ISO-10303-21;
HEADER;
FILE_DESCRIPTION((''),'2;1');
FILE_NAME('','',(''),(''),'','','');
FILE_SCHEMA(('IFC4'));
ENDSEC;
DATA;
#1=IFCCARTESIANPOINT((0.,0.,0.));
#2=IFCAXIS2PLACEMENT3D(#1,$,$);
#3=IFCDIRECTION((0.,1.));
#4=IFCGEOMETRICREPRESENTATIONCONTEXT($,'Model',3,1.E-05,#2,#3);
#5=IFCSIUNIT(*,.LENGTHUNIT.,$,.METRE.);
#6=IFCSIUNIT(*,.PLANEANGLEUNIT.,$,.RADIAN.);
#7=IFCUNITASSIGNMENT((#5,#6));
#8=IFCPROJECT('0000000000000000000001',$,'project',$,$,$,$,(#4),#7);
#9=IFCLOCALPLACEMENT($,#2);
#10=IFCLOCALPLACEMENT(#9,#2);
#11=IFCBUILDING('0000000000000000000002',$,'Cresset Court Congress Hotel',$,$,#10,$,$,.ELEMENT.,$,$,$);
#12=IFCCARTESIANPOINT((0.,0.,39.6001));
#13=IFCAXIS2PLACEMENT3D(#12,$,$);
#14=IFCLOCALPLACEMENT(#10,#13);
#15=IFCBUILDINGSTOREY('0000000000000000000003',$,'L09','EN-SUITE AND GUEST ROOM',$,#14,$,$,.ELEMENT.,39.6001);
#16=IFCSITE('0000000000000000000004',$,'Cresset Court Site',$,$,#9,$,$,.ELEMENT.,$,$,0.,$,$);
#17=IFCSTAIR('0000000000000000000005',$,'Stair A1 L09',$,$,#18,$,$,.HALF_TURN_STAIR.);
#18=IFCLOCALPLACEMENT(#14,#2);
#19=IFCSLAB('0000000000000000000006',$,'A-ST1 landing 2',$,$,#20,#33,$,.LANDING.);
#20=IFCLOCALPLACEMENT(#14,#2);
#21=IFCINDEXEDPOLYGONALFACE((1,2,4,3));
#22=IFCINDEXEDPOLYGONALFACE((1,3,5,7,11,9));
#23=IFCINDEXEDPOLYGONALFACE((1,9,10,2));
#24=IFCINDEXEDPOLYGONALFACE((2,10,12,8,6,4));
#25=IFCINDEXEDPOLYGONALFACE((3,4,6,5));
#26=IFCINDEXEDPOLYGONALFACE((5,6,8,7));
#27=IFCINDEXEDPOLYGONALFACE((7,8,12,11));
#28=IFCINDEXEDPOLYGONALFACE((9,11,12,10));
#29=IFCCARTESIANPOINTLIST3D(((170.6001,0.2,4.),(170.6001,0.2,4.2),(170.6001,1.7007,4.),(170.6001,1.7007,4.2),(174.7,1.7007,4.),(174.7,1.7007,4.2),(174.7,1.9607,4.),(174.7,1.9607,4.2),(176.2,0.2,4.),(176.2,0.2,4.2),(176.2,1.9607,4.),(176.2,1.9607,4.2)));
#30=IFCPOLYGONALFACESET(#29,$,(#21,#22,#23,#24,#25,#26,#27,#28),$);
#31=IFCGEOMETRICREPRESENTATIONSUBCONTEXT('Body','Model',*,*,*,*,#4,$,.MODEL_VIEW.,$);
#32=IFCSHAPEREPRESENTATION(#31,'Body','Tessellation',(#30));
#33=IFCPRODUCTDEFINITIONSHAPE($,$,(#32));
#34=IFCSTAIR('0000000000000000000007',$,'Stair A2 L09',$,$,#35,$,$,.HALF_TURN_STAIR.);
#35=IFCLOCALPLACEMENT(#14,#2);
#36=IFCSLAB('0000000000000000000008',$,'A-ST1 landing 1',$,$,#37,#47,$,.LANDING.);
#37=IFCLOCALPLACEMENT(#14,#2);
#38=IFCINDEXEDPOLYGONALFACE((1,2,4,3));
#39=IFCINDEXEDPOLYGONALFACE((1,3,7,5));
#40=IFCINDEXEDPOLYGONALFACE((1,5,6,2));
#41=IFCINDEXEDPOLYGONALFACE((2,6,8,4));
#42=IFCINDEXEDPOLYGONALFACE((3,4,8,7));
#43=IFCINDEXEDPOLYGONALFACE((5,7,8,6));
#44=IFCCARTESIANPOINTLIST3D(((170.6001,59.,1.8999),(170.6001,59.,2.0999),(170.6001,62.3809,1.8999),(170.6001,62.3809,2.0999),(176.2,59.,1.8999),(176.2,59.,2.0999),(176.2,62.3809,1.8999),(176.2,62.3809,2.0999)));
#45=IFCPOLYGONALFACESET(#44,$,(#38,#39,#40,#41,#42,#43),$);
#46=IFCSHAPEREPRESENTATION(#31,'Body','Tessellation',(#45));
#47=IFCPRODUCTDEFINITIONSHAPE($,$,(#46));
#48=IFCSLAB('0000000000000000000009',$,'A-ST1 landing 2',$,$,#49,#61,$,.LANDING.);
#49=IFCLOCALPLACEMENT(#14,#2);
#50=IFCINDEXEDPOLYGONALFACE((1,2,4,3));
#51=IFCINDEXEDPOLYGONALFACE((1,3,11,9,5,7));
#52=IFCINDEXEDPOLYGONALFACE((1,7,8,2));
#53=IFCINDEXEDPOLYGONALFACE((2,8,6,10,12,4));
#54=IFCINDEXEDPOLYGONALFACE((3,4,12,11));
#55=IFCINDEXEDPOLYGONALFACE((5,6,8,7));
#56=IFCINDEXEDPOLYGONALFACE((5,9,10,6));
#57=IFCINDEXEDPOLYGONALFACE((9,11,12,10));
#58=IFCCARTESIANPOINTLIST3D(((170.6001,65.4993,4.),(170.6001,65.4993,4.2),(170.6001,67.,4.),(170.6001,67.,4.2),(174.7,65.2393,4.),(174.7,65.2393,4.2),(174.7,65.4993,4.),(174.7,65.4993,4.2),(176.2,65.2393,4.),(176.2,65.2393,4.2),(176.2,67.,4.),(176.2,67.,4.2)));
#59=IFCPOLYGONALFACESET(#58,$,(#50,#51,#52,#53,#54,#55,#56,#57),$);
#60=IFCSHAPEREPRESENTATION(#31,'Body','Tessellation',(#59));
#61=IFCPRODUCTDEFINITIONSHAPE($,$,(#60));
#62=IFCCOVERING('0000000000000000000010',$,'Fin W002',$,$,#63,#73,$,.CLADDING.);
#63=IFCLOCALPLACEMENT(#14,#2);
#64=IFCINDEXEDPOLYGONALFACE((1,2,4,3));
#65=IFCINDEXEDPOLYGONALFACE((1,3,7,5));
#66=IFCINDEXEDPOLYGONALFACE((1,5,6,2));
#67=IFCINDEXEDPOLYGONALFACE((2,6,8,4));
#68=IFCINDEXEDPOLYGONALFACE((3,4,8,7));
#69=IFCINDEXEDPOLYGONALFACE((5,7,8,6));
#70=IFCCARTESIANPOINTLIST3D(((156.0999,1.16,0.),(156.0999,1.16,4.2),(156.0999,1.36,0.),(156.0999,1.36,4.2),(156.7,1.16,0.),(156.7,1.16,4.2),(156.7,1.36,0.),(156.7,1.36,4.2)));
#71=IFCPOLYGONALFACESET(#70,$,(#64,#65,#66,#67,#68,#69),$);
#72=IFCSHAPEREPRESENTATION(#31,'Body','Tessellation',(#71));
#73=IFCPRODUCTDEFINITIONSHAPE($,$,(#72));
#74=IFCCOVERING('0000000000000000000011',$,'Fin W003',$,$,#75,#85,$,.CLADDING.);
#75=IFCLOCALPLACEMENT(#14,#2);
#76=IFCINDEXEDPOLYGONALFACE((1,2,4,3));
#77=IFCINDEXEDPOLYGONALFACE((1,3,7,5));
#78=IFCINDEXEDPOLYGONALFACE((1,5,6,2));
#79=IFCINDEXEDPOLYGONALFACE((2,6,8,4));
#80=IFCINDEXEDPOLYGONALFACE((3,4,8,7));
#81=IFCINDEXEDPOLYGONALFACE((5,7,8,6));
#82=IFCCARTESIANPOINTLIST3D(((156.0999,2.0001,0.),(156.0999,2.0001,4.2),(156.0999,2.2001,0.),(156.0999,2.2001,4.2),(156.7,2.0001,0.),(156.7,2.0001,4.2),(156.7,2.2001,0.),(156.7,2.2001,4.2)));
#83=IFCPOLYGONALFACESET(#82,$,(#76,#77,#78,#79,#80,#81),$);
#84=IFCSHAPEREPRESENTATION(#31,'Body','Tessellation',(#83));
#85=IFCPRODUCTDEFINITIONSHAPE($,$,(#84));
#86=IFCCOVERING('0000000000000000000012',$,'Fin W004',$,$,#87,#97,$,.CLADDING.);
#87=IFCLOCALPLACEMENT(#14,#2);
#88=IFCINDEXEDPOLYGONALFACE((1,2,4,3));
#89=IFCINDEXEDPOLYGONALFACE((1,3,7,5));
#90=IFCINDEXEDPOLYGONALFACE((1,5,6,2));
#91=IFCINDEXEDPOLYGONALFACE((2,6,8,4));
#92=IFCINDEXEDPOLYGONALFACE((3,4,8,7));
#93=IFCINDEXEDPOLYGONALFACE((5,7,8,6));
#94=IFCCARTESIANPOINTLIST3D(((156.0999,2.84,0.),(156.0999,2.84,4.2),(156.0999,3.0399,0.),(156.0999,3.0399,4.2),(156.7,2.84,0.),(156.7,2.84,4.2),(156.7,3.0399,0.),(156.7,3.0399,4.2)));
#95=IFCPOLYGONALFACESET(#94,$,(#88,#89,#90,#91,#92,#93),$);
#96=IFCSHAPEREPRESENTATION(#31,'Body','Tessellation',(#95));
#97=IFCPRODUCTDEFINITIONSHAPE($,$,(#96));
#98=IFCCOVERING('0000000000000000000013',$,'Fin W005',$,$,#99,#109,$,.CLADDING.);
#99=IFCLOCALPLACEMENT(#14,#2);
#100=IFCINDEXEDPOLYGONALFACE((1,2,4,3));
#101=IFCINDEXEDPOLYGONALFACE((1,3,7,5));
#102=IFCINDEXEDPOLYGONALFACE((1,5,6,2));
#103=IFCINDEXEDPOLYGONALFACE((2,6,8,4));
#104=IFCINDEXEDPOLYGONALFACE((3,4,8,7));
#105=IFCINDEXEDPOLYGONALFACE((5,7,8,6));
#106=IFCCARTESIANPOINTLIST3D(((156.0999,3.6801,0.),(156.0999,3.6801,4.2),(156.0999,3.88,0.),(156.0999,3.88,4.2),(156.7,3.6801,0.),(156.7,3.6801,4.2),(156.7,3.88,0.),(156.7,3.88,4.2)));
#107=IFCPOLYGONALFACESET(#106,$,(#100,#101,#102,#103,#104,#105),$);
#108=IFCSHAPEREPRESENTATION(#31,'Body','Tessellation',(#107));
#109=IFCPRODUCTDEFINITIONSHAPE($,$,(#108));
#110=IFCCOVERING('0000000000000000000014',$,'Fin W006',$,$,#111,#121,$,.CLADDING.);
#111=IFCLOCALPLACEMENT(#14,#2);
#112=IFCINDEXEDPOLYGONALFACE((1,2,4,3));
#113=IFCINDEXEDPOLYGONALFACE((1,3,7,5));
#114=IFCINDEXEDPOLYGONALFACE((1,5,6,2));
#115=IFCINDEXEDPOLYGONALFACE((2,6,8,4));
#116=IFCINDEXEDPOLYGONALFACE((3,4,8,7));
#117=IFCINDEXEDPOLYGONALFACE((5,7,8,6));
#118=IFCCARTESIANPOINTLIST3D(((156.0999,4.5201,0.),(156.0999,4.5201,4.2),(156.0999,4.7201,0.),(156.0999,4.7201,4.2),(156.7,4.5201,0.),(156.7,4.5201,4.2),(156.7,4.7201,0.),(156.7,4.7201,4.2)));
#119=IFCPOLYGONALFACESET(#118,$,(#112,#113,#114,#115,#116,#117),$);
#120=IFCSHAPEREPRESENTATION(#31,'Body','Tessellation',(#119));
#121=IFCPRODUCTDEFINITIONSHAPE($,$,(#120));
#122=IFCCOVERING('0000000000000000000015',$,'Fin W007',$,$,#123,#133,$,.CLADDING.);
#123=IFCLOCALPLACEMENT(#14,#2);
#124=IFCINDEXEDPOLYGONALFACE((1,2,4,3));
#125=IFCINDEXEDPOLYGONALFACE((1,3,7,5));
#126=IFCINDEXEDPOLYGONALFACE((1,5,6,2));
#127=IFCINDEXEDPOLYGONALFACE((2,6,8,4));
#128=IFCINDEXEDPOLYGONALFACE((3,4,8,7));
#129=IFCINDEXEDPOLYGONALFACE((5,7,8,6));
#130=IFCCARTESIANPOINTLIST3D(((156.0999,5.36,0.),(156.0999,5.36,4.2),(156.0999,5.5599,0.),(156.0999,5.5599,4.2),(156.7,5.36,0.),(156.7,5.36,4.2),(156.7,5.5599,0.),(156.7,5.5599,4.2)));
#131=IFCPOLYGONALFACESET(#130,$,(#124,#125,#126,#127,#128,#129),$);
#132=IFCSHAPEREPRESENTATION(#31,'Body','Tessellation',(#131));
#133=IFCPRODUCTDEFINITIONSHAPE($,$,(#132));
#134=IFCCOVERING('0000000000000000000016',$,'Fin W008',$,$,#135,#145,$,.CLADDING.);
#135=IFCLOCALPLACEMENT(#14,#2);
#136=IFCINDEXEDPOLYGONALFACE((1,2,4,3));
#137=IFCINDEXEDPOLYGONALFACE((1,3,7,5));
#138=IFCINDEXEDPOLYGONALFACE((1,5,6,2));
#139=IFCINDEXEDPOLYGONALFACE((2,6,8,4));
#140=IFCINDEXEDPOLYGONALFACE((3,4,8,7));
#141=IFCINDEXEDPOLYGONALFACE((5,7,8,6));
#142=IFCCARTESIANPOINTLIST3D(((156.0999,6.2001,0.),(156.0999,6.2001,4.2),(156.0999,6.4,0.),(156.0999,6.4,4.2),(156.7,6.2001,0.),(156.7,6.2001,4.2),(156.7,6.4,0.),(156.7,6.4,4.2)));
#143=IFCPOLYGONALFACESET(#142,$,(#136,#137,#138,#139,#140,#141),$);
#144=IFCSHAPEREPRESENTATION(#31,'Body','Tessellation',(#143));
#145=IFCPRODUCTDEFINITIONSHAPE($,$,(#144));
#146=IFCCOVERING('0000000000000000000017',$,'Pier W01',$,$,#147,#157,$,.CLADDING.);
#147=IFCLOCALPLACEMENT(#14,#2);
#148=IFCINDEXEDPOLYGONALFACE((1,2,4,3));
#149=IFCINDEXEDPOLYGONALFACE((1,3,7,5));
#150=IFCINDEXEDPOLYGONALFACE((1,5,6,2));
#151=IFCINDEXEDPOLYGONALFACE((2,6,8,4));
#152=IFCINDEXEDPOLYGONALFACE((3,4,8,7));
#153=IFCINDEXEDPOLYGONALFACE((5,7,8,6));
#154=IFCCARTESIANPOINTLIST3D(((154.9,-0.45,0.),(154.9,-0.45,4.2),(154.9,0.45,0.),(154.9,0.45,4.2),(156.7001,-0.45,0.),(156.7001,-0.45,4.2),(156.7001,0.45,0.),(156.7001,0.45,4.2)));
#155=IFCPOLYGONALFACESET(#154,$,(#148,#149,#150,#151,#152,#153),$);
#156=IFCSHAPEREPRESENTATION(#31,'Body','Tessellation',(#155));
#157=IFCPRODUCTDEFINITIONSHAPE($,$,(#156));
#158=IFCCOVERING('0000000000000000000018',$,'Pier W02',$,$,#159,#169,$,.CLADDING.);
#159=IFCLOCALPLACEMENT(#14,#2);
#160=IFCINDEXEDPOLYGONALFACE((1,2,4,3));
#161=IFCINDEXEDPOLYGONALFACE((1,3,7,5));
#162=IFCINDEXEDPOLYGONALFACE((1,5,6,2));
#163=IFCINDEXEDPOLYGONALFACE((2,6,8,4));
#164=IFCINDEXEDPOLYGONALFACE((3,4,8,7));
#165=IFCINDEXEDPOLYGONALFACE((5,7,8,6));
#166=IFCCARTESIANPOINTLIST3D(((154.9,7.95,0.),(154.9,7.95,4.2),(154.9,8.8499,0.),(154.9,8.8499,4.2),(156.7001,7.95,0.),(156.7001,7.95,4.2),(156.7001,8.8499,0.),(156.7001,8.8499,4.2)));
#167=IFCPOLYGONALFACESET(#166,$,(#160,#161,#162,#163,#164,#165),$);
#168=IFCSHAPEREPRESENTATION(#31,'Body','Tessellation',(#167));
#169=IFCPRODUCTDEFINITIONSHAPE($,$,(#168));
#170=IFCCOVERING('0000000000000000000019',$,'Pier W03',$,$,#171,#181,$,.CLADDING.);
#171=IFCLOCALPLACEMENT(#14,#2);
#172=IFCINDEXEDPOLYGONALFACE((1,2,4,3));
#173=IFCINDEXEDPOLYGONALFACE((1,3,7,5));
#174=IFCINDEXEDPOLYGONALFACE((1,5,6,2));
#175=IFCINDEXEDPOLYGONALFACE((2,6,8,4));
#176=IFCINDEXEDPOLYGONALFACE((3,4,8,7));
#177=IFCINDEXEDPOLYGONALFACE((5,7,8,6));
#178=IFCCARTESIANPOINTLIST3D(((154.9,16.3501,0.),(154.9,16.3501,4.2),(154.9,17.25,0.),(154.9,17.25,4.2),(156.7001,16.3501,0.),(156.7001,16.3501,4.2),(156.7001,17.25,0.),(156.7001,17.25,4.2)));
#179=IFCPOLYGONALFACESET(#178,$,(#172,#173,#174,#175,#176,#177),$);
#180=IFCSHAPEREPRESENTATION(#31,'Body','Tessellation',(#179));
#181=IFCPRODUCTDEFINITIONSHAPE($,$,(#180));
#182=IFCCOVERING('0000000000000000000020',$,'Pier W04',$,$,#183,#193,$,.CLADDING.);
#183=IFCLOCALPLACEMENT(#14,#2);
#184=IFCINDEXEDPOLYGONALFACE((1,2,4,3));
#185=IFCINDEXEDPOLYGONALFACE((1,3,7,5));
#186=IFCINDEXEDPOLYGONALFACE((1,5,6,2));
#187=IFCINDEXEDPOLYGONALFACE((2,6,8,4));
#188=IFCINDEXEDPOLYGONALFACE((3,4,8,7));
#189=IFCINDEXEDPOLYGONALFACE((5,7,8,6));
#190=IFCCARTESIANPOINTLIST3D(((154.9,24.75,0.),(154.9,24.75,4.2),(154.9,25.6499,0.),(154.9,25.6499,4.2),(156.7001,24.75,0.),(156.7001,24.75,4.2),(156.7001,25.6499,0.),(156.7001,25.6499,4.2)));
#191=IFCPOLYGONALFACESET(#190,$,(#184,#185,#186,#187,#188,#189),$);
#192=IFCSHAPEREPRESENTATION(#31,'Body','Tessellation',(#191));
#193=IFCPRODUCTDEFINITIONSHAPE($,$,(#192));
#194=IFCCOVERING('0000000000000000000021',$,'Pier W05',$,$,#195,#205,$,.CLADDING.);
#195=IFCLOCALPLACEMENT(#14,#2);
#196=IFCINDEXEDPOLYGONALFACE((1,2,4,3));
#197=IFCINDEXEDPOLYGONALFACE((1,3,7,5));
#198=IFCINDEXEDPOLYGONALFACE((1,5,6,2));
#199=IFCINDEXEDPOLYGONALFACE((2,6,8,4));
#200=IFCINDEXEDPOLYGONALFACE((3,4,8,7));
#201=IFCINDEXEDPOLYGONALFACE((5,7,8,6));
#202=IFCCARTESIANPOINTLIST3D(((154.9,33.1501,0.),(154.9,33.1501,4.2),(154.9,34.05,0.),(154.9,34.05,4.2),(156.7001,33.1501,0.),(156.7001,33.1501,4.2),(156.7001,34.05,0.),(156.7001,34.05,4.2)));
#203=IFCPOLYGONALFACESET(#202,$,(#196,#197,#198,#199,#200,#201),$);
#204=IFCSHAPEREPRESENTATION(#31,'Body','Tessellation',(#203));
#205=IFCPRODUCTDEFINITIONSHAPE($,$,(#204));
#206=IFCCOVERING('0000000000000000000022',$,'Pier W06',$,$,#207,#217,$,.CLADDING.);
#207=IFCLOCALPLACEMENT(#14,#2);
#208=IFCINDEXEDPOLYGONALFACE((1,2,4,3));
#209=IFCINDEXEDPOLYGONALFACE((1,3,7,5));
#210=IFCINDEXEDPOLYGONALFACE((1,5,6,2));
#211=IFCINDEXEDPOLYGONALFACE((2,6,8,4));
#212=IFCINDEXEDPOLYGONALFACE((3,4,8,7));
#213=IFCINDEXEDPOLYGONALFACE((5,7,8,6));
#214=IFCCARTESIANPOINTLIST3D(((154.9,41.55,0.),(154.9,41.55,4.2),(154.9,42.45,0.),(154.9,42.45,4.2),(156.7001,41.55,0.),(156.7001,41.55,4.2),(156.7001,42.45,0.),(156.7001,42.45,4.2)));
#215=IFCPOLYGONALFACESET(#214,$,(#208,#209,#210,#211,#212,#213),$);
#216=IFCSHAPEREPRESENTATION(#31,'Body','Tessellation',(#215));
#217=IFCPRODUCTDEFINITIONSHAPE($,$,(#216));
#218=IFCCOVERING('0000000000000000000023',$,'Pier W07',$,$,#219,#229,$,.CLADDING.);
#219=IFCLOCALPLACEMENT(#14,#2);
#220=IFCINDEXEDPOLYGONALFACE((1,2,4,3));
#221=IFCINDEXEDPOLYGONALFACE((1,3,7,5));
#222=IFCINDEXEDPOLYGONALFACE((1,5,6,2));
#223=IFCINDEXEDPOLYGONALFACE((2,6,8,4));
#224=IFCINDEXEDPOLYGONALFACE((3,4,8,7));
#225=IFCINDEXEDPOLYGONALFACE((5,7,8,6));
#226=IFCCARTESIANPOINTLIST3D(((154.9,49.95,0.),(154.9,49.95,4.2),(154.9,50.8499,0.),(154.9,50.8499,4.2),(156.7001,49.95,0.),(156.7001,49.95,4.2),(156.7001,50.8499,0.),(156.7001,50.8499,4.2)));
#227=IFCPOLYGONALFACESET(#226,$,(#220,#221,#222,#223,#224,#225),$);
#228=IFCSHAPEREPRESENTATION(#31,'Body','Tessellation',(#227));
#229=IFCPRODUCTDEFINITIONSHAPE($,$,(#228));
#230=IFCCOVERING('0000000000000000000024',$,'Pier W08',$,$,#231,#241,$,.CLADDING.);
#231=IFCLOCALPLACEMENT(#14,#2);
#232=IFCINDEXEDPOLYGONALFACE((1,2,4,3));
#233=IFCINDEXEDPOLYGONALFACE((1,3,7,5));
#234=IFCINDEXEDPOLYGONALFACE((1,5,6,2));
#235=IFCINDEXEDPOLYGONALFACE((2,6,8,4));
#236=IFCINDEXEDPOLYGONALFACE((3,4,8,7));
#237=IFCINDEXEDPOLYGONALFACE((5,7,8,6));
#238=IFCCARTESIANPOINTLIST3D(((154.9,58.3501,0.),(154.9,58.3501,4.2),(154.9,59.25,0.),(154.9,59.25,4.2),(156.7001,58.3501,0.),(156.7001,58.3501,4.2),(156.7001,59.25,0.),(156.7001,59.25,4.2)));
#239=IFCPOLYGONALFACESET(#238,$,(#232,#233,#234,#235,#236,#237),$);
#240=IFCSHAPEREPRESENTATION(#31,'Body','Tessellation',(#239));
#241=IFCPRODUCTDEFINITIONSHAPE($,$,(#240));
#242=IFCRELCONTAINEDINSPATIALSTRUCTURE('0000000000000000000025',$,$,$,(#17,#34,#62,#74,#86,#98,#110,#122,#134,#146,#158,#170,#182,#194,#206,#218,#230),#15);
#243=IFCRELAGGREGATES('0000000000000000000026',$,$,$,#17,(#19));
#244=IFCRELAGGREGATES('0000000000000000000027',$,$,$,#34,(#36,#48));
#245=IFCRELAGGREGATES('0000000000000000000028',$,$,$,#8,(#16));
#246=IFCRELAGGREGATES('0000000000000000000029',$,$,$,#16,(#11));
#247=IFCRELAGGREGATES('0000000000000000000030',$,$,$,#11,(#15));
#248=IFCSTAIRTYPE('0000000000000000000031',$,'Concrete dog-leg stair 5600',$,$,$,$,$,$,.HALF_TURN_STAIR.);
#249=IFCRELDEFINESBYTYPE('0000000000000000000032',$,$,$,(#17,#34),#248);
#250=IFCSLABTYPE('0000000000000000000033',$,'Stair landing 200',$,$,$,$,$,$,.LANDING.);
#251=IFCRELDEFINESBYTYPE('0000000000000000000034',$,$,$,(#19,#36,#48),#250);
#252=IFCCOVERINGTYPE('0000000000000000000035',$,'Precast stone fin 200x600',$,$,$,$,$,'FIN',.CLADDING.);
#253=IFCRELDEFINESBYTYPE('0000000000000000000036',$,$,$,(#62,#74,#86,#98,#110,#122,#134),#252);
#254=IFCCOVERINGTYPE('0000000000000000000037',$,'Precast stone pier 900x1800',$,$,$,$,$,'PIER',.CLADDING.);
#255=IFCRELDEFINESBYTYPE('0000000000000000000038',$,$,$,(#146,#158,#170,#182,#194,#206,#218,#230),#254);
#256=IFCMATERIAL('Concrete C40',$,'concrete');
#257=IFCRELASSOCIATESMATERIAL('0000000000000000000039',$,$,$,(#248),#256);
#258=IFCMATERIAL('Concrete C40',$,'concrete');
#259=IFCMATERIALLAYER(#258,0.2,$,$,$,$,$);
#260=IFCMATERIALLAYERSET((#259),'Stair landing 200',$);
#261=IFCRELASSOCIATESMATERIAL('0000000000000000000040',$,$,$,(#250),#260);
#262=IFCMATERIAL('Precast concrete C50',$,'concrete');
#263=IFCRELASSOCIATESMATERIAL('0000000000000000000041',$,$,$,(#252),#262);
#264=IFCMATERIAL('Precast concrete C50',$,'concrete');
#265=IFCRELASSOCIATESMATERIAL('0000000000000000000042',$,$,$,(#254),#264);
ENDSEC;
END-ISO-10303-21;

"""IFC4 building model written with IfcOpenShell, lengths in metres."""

from ifc_helpers import new_model, si_unit, direction, frame, origin, origin_2d, place, context, subcontext, project, spatial, polyline, rectangle, outline, extrude, material, layer, layer_set, type_object, element, aggregate, save


model = new_model("IFC4")

# Units and contexts
model_context = context("Model", 3, precision=1e-05, world=origin(), true_north=direction((0.0, 1.0)))
body_context = subcontext(model_context, "Body", "Model", "MODEL_VIEW")
ifc_project = project(units=[si_unit("LENGTHUNIT", "METRE"), si_unit("PLANEANGLEUNIT", "RADIAN")], contexts=[model_context])

# Site, building, storey
site_placement = place(None, origin())
site = spatial("IfcSite", under=ifc_project, at=site_placement, Name="Cresset Court Site", CompositionType="ELEMENT", RefElevation=0.0)
building_placement = place(site_placement, origin())
building = spatial("IfcBuilding", under=site, at=building_placement, Name="Cresset Court Congress Hotel", CompositionType="ELEMENT")
storey_placement = place(building_placement, frame((0.0, 0.0, 39.6001)))
storey = spatial("IfcBuildingStorey", under=building, at=storey_placement, Name="L09", Description="EN-SUITE AND GUEST ROOM", CompositionType="ELEMENT", Elevation=39.6001)

# Stairs, slabs
ifc_material_1 = material(Name="Concrete C40", Category="concrete")
stair_type = type_object("IfcStairType", Name="Concrete dog-leg stair 5600", PredefinedType="HALF_TURN_STAIR", material=ifc_material_1)
stair_1_placement = place(storey_placement, origin())
stair_1 = element("IfcStair", 1, at=stair_1_placement, inside=storey, type_object=stair_type, Name="Stair A1 L09", PredefinedType="HALF_TURN_STAIR")
ifc_material_2 = material(Name="Concrete C40", Category="concrete")
ifc_layer_1 = layer(ifc_material_2, 0.2)
ifc_layer_set_1 = layer_set([ifc_layer_1], Name="Stair landing 200")
slab_type_1 = type_object("IfcSlabType", Name="Stair landing 200", PredefinedType="LANDING", material=ifc_layer_set_1)
slab_1_placement = place(storey_placement, frame((0.0, 0.0, 4.0)))
slab_1 = element("IfcSlab", 2, at=slab_1_placement, type_object=slab_type_1, Name="A-ST1 landing 2", PredefinedType="LANDING", context=body_context, shape_type="SweptSolid", body=[
    extrude(outline(polyline([(170.6001, 0.2), (176.2, 0.2), (176.2, 1.9607), (174.7, 1.9607), (174.7, 1.7007), (170.6001, 1.7007), (170.6001, 0.2)])), origin(), (0.0, 0.0, 1.0), 0.2),
])
aggregate(stair_1, [slab_1])
stair_2_placement = place(storey_placement, origin())
stair_2 = element("IfcStair", 3, at=stair_2_placement, inside=storey, type_object=stair_type, Name="Stair A2 L09", PredefinedType="HALF_TURN_STAIR")
slab_2_placement = place(storey_placement, frame((0.0, 0.0, 1.8999)))
slab_2 = element("IfcSlab", 4, at=slab_2_placement, type_object=slab_type_1, Name="A-ST1 landing 1", PredefinedType="LANDING", context=body_context, shape_type="SweptSolid", body=[
    extrude(outline(polyline([(170.6001, 62.3809), (176.2, 62.3809), (176.2, 59.0), (170.6001, 59.0), (170.6001, 62.3809)])), origin(), (0.0, 0.0, 1.0), 0.2),
])
slab_3_placement = place(storey_placement, frame((0.0, 0.0, 4.0)))
slab_3 = element("IfcSlab", 5, at=slab_3_placement, type_object=slab_type_1, Name="A-ST1 landing 2", PredefinedType="LANDING", context=body_context, shape_type="SweptSolid", body=[
    extrude(outline(polyline([(170.6001, 67.0), (176.2, 67.0), (176.2, 65.2393), (174.7, 65.2393), (174.7, 65.4993), (170.6001, 65.4993), (170.6001, 67.0)])), origin(), (0.0, 0.0, 1.0), 0.2),
])
aggregate(stair_2, [slab_2, slab_3])

# Coverings
ifc_material_3 = material(Name="Precast concrete C50", Category="concrete")
covering_type_1 = type_object("IfcCoveringType", Name="Precast stone fin 200x600", ElementType="FIN", PredefinedType="CLADDING", material=ifc_material_3)
for number, where, z_axis, x_axis, name in (
    (6, (156.3999, 1.26, 0.0), (0.0, 0.0, 1.0), (1.0, 0.0, 0.0), "Fin W002"),
    (7, (156.3999, 2.1001, 0.0), (0.0, 0.0, 1.0), (1.0, 0.0, 0.0), "Fin W003"),
    (8, (156.3999, 2.9399, 0.0), (0.0, 0.0, 1.0), (1.0, 0.0, 0.0), "Fin W004"),
    (9, (156.3999, 3.78, 0.0), (0.0, 0.0, 1.0), (1.0, 0.0, 0.0), "Fin W005"),
    (10, (156.3999, 4.6201, 0.0), (0.0, 0.0, 1.0), (1.0, 0.0, 0.0), "Fin W006"),
    (11, (156.3999, 5.46, 0.0), (0.0, 0.0, 1.0), (1.0, 0.0, 0.0), "Fin W007"),
    (12, (156.3999, 6.3, 0.0), (0.0, 0.0, 1.0), (1.0, 0.0, 0.0), "Fin W008"),
):
    element("IfcCovering", number, at=place(storey_placement, frame(where, z_axis=z_axis, x_axis=x_axis)), inside=storey, type_object=covering_type_1, Name=name, PredefinedType="CLADDING", context=body_context, shape_type="SweptSolid", body=[
        extrude(rectangle(XDim=0.6001, YDim=0.2, at=origin_2d()), origin(), (0.0, 0.0, 1.0), 4.2),
    ])
ifc_material_4 = material(Name="Precast concrete C50", Category="concrete")
covering_type_2 = type_object("IfcCoveringType", Name="Precast stone pier 900x1800", ElementType="PIER", PredefinedType="CLADDING", material=ifc_material_4)
for number, where, z_axis, x_axis, name in (
    (13, (155.8, 0.0, 0.0), (0.0, 0.0, 1.0), (1.0, 0.0, 0.0), "Pier W01"),
    (14, (155.8, 8.3999, 0.0), (0.0, 0.0, 1.0), (1.0, 0.0, 0.0), "Pier W02"),
    (15, (155.8, 16.8, 0.0), (0.0, 0.0, 1.0), (1.0, 0.0, 0.0), "Pier W03"),
    (16, (155.8, 25.2, 0.0), (0.0, 0.0, 1.0), (1.0, 0.0, 0.0), "Pier W04"),
    (17, (155.8, 33.6001, 0.0), (0.0, 0.0, 1.0), (1.0, 0.0, 0.0), "Pier W05"),
    (18, (155.8, 42.0, 0.0), (0.0, 0.0, 1.0), (1.0, 0.0, 0.0), "Pier W06"),
    (19, (155.8, 50.3999, 0.0), (0.0, 0.0, 1.0), (1.0, 0.0, 0.0), "Pier W07"),
    (20, (155.8, 58.8, 0.0), (0.0, 0.0, 1.0), (1.0, 0.0, 0.0), "Pier W08"),
):
    element("IfcCovering", number, at=place(storey_placement, frame(where, z_axis=z_axis, x_axis=x_axis)), inside=storey, type_object=covering_type_2, Name=name, PredefinedType="CLADDING", context=body_context, shape_type="SweptSolid", body=[
        extrude(rectangle(XDim=1.8, YDim=0.8999, at=origin_2d()), origin(), (0.0, 0.0, 1.0), 4.2),
    ])

save(model, "model.ifc")
